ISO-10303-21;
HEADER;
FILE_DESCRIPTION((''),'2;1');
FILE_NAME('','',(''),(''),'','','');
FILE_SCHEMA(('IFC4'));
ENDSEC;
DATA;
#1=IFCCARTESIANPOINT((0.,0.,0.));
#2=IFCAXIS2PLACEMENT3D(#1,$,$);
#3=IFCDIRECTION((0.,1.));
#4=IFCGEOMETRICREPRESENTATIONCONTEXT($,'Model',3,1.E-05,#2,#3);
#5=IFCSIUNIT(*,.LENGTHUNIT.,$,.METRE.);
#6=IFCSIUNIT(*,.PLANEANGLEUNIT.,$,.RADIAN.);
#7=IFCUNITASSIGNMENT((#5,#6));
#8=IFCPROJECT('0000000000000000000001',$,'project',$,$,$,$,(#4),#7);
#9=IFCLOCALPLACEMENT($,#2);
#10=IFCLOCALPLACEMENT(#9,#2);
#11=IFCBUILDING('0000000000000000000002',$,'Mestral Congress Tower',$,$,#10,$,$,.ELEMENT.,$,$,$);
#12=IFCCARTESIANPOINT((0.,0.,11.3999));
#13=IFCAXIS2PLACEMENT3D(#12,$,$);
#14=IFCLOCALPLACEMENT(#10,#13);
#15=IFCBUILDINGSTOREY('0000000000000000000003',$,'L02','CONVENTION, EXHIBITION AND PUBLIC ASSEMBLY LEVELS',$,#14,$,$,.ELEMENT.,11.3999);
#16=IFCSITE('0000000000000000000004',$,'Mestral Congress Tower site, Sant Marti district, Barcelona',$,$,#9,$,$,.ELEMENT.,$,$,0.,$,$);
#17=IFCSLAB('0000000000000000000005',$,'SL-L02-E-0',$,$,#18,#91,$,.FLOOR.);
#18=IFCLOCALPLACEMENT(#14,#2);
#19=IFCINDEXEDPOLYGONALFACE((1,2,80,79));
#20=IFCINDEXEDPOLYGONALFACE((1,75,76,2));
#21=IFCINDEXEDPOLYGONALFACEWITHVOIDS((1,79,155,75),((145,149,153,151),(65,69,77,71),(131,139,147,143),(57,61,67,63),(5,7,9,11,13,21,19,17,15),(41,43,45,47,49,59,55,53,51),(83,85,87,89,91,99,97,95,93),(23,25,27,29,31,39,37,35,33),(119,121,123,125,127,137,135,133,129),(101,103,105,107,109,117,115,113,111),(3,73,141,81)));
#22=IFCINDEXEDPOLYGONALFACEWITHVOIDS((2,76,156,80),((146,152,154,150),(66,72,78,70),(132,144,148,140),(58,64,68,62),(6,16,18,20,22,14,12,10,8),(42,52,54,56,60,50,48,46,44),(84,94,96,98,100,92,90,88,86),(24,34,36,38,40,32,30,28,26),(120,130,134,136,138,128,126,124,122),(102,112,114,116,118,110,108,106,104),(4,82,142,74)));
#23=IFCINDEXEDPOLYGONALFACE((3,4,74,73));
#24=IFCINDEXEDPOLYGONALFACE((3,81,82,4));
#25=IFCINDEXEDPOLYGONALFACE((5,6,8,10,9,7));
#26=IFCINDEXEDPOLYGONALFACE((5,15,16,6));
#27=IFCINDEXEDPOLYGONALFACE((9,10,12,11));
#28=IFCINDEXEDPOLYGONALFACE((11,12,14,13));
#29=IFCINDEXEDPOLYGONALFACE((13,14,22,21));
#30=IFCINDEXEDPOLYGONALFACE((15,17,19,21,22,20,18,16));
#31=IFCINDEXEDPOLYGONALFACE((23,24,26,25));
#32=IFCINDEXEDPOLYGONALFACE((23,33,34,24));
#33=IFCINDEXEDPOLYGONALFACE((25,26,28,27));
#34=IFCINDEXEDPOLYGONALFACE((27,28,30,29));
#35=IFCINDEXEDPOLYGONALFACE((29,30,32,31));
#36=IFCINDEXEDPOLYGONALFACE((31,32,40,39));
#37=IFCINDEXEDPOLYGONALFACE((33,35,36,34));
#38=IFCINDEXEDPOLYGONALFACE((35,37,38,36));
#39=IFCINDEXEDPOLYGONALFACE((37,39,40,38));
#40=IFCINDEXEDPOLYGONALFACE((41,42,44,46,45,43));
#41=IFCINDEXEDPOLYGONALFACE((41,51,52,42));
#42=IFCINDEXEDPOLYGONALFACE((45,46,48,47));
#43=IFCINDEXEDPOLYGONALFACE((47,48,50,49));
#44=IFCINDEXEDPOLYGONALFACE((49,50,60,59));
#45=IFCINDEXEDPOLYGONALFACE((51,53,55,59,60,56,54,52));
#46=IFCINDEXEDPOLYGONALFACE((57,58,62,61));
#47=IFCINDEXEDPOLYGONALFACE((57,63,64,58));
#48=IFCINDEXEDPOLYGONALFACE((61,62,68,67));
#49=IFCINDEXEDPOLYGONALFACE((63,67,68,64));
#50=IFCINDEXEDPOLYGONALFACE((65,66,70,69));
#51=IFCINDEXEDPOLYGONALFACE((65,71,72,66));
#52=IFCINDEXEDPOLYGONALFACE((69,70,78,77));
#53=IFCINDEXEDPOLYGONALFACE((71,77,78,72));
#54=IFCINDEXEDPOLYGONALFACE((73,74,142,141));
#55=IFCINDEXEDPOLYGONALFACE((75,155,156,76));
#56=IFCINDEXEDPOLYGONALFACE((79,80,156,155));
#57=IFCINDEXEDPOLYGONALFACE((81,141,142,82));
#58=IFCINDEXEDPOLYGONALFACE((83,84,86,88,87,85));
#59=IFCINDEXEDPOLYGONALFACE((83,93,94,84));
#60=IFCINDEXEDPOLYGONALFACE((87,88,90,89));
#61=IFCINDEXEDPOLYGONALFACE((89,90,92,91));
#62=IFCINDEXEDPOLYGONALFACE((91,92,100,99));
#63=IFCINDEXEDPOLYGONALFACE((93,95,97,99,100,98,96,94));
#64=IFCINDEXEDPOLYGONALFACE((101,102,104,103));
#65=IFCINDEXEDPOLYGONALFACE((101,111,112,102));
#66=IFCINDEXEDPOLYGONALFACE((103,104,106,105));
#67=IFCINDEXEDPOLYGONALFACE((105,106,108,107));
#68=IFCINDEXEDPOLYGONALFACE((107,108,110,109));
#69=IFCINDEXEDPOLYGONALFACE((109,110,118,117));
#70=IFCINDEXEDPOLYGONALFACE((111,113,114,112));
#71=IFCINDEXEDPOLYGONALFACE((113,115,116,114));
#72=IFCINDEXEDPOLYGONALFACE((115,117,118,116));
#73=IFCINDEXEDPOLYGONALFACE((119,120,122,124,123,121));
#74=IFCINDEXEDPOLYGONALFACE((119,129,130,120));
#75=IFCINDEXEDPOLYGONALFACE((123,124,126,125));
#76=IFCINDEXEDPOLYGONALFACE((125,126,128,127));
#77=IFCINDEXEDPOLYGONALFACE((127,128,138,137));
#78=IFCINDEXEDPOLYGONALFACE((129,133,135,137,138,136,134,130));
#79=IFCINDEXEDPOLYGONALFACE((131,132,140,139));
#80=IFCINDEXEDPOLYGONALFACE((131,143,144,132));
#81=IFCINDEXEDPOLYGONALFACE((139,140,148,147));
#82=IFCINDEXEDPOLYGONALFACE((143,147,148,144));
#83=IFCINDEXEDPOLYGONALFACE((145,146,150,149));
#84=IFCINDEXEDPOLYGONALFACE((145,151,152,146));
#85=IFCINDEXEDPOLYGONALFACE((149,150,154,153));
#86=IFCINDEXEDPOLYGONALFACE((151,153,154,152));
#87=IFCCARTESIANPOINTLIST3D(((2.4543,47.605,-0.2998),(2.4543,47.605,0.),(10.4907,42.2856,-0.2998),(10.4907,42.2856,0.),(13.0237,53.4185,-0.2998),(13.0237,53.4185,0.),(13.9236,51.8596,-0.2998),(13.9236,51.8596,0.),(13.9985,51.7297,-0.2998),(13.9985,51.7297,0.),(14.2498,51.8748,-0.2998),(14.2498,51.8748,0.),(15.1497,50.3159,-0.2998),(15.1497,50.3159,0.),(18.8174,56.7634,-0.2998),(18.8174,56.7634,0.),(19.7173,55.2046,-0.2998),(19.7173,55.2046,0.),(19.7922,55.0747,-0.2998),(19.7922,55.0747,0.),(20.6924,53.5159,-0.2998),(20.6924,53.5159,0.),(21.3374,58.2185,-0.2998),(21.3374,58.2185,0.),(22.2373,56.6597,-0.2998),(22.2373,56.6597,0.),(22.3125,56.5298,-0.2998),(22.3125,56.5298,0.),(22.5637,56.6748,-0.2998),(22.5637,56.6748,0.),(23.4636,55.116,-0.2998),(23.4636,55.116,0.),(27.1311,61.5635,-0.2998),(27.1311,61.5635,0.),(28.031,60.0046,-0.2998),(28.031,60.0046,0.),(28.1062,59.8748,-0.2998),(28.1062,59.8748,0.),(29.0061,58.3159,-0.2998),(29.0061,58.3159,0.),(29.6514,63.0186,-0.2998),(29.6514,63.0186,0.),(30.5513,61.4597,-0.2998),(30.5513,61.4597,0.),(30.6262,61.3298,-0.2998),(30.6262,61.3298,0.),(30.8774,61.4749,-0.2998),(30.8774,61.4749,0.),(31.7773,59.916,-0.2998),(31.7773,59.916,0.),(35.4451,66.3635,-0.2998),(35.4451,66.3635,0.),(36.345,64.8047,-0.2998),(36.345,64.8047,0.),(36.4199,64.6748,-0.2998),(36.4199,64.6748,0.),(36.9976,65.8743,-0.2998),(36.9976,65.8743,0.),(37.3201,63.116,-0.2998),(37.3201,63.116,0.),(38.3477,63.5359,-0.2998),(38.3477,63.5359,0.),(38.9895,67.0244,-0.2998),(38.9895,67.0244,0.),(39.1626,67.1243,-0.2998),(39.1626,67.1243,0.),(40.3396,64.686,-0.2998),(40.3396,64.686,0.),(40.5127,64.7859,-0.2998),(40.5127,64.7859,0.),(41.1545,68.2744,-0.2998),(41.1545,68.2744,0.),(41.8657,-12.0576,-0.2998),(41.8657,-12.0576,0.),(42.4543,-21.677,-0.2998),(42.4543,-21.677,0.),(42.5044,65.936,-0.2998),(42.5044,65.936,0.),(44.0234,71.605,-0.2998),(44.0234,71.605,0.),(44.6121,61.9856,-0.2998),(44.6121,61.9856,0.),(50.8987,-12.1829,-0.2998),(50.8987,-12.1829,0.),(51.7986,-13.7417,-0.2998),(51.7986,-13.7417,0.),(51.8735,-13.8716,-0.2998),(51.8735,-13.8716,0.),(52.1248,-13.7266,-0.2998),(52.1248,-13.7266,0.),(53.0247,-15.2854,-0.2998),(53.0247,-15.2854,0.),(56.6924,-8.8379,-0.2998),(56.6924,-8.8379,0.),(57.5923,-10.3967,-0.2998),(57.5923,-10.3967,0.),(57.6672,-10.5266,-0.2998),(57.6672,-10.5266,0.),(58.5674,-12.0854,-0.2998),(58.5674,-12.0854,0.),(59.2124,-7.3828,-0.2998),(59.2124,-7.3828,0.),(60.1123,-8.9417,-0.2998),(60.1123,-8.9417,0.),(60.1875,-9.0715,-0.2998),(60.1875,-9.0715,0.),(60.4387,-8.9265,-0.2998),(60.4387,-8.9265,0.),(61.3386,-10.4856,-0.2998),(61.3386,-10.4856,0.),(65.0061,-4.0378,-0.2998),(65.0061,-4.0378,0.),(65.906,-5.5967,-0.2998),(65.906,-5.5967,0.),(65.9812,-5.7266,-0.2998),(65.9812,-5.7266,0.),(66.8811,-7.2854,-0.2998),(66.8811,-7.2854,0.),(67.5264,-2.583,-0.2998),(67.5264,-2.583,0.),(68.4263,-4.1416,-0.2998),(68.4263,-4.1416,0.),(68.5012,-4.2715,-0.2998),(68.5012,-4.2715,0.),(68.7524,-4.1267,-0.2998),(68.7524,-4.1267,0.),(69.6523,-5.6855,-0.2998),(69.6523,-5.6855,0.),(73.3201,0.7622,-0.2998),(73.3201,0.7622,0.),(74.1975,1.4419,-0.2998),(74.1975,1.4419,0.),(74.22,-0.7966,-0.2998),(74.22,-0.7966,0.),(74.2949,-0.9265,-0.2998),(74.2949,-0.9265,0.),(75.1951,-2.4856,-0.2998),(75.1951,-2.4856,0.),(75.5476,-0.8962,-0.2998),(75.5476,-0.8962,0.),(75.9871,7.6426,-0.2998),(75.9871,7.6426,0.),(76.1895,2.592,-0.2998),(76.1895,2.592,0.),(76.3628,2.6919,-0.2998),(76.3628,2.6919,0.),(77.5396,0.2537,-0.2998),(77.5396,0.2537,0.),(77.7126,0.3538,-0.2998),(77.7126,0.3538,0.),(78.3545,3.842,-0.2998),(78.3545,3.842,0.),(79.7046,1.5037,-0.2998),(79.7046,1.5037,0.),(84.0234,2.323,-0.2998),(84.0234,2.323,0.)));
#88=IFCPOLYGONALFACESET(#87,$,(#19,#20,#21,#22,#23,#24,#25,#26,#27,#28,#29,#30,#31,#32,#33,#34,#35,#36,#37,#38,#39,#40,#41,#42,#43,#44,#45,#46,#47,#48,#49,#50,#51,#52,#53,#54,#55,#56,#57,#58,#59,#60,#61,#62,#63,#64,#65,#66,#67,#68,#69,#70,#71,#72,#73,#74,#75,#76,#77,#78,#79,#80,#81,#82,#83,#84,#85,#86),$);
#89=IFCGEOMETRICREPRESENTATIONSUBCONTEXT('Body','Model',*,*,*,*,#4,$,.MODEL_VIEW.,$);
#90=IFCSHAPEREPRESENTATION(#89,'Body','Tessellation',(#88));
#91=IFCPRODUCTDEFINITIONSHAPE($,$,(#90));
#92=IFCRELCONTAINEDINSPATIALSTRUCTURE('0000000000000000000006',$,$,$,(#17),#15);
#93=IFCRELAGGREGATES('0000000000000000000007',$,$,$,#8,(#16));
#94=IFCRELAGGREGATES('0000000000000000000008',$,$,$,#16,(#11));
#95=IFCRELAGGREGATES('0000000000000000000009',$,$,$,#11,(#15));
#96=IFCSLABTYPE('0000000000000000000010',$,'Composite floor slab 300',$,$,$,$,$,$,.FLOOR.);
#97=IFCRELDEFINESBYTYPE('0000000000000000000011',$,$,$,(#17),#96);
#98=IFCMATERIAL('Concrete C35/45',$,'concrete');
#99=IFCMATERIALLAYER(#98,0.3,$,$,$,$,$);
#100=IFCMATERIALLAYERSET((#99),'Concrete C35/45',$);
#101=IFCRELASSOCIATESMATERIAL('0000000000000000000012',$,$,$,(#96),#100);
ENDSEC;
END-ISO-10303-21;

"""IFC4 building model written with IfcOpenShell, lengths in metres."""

from ifc_helpers import new_model, si_unit, direction, frame, origin, place, context, subcontext, project, spatial, polyline, outline, extrude, material, layer, layer_set, type_object, element, save


model = new_model("IFC4")

# Units and contexts
model_context = context("Model", 3, precision=1e-05, world=origin(), true_north=direction((0.0, 1.0)))
body_context = subcontext(model_context, "Body", "Model", "MODEL_VIEW")
ifc_project = project(units=[si_unit("LENGTHUNIT", "METRE"), si_unit("PLANEANGLEUNIT", "RADIAN")], contexts=[model_context])

# Site, building, storey
site_placement = place(None, origin())
site = spatial("IfcSite", under=ifc_project, at=site_placement, Name="Mestral Congress Tower site, Sant Marti district, Barcelona", CompositionType="ELEMENT", RefElevation=0.0)
building_placement = place(site_placement, origin())
building = spatial("IfcBuilding", under=site, at=building_placement, Name="Mestral Congress Tower", CompositionType="ELEMENT")
storey_placement = place(building_placement, frame((0.0, 0.0, 11.3999)))
storey = spatial("IfcBuildingStorey", under=building, at=storey_placement, Name="L02", Description="CONVENTION, EXHIBITION AND PUBLIC ASSEMBLY LEVELS", CompositionType="ELEMENT", Elevation=11.3999)

# Slab
ifc_material_1 = material(Name="Concrete C35/45", Category="concrete")
ifc_layer_1 = layer(ifc_material_1, 0.3)
ifc_layer_set_1 = layer_set([ifc_layer_1], Name="Concrete C35/45")
slab_type_1 = type_object("IfcSlabType", Name="Composite floor slab 300", PredefinedType="FLOOR", material=ifc_layer_set_1)
placement_1 = place(storey_placement, frame((0.0, 0.0, -0.2998)))
element("IfcSlab", 1, at=placement_1, inside=storey, type_object=slab_type_1, Name="SL-L02-E-0", PredefinedType="FLOOR", context=body_context, shape_type="SweptSolid", body=[
    extrude(outline(polyline([(42.4543, -21.677), (84.0234, 2.323), (44.0234, 71.605), (2.4543, 47.605), (42.4543, -21.677)]), holes=[polyline([(50.8987, -12.1829), (56.6924, -8.8379), (57.5923, -10.3967), (57.6672, -10.5266), (58.5674, -12.0854), (53.0247, -15.2854), (52.1248, -13.7266), (51.8735, -13.8716), (51.7986, -13.7417), (50.8987, -12.1829)]), polyline([(75.9871, 7.6426), (41.8657, -12.0576), (10.4907, 42.2856), (44.6121, 61.9856), (75.9871, 7.6426)]), polyline([(59.2124, -7.3828), (65.0061, -4.0378), (65.906, -5.5967), (65.9812, -5.7266), (66.8811, -7.2854), (61.3386, -10.4856), (60.4387, -8.9265), (60.1875, -9.0715), (60.1123, -8.9417), (59.2124, -7.3828)]), polyline([(68.4263, -4.1416), (67.5264, -2.583), (73.3201, 0.7622), (74.22, -0.7966), (74.2949, -0.9265), (75.1951, -2.4856), (69.6523, -5.6855), (68.7524, -4.1267), (68.5012, -4.2715), (68.4263, -4.1416)]), polyline([(76.1895, 2.592), (77.5396, 0.2537), (75.5476, -0.8962), (74.1975, 1.4419), (76.1895, 2.592)]), polyline([(79.7046, 1.5037), (77.7126, 0.3538), (76.3628, 2.6919), (78.3545, 3.842), (79.7046, 1.5037)]), polyline([(13.9236, 51.8596), (13.0237, 53.4185), (18.8174, 56.7634), (19.7173, 55.2046), (19.7922, 55.0747), (20.6924, 53.5159), (15.1497, 50.3159), (14.2498, 51.8748), (13.9985, 51.7297), (13.9236, 51.8596)]), polyline([(22.2373, 56.6597), (21.3374, 58.2185), (27.1311, 61.5635), (28.031, 60.0046), (28.1062, 59.8748), (29.0061, 58.3159), (23.4636, 55.116), (22.5637, 56.6748), (22.3125, 56.5298), (22.2373, 56.6597)]), polyline([(29.6514, 63.0186), (35.4451, 66.3635), (36.345, 64.8047), (36.4199, 64.6748), (37.3201, 63.116), (31.7773, 59.916), (30.8774, 61.4749), (30.6262, 61.3298), (30.5513, 61.4597), (29.6514, 63.0186)]), polyline([(38.9895, 67.0244), (40.3396, 64.686), (38.3477, 63.5359), (36.9976, 65.8743), (38.9895, 67.0244)]), polyline([(41.1545, 68.2744), (42.5044, 65.936), (40.5127, 64.7859), (39.1626, 67.1243), (41.1545, 68.2744)])]), origin(), (0.0, 0.0, 1.0), 0.2998),
])

save(model, "model.ifc")
